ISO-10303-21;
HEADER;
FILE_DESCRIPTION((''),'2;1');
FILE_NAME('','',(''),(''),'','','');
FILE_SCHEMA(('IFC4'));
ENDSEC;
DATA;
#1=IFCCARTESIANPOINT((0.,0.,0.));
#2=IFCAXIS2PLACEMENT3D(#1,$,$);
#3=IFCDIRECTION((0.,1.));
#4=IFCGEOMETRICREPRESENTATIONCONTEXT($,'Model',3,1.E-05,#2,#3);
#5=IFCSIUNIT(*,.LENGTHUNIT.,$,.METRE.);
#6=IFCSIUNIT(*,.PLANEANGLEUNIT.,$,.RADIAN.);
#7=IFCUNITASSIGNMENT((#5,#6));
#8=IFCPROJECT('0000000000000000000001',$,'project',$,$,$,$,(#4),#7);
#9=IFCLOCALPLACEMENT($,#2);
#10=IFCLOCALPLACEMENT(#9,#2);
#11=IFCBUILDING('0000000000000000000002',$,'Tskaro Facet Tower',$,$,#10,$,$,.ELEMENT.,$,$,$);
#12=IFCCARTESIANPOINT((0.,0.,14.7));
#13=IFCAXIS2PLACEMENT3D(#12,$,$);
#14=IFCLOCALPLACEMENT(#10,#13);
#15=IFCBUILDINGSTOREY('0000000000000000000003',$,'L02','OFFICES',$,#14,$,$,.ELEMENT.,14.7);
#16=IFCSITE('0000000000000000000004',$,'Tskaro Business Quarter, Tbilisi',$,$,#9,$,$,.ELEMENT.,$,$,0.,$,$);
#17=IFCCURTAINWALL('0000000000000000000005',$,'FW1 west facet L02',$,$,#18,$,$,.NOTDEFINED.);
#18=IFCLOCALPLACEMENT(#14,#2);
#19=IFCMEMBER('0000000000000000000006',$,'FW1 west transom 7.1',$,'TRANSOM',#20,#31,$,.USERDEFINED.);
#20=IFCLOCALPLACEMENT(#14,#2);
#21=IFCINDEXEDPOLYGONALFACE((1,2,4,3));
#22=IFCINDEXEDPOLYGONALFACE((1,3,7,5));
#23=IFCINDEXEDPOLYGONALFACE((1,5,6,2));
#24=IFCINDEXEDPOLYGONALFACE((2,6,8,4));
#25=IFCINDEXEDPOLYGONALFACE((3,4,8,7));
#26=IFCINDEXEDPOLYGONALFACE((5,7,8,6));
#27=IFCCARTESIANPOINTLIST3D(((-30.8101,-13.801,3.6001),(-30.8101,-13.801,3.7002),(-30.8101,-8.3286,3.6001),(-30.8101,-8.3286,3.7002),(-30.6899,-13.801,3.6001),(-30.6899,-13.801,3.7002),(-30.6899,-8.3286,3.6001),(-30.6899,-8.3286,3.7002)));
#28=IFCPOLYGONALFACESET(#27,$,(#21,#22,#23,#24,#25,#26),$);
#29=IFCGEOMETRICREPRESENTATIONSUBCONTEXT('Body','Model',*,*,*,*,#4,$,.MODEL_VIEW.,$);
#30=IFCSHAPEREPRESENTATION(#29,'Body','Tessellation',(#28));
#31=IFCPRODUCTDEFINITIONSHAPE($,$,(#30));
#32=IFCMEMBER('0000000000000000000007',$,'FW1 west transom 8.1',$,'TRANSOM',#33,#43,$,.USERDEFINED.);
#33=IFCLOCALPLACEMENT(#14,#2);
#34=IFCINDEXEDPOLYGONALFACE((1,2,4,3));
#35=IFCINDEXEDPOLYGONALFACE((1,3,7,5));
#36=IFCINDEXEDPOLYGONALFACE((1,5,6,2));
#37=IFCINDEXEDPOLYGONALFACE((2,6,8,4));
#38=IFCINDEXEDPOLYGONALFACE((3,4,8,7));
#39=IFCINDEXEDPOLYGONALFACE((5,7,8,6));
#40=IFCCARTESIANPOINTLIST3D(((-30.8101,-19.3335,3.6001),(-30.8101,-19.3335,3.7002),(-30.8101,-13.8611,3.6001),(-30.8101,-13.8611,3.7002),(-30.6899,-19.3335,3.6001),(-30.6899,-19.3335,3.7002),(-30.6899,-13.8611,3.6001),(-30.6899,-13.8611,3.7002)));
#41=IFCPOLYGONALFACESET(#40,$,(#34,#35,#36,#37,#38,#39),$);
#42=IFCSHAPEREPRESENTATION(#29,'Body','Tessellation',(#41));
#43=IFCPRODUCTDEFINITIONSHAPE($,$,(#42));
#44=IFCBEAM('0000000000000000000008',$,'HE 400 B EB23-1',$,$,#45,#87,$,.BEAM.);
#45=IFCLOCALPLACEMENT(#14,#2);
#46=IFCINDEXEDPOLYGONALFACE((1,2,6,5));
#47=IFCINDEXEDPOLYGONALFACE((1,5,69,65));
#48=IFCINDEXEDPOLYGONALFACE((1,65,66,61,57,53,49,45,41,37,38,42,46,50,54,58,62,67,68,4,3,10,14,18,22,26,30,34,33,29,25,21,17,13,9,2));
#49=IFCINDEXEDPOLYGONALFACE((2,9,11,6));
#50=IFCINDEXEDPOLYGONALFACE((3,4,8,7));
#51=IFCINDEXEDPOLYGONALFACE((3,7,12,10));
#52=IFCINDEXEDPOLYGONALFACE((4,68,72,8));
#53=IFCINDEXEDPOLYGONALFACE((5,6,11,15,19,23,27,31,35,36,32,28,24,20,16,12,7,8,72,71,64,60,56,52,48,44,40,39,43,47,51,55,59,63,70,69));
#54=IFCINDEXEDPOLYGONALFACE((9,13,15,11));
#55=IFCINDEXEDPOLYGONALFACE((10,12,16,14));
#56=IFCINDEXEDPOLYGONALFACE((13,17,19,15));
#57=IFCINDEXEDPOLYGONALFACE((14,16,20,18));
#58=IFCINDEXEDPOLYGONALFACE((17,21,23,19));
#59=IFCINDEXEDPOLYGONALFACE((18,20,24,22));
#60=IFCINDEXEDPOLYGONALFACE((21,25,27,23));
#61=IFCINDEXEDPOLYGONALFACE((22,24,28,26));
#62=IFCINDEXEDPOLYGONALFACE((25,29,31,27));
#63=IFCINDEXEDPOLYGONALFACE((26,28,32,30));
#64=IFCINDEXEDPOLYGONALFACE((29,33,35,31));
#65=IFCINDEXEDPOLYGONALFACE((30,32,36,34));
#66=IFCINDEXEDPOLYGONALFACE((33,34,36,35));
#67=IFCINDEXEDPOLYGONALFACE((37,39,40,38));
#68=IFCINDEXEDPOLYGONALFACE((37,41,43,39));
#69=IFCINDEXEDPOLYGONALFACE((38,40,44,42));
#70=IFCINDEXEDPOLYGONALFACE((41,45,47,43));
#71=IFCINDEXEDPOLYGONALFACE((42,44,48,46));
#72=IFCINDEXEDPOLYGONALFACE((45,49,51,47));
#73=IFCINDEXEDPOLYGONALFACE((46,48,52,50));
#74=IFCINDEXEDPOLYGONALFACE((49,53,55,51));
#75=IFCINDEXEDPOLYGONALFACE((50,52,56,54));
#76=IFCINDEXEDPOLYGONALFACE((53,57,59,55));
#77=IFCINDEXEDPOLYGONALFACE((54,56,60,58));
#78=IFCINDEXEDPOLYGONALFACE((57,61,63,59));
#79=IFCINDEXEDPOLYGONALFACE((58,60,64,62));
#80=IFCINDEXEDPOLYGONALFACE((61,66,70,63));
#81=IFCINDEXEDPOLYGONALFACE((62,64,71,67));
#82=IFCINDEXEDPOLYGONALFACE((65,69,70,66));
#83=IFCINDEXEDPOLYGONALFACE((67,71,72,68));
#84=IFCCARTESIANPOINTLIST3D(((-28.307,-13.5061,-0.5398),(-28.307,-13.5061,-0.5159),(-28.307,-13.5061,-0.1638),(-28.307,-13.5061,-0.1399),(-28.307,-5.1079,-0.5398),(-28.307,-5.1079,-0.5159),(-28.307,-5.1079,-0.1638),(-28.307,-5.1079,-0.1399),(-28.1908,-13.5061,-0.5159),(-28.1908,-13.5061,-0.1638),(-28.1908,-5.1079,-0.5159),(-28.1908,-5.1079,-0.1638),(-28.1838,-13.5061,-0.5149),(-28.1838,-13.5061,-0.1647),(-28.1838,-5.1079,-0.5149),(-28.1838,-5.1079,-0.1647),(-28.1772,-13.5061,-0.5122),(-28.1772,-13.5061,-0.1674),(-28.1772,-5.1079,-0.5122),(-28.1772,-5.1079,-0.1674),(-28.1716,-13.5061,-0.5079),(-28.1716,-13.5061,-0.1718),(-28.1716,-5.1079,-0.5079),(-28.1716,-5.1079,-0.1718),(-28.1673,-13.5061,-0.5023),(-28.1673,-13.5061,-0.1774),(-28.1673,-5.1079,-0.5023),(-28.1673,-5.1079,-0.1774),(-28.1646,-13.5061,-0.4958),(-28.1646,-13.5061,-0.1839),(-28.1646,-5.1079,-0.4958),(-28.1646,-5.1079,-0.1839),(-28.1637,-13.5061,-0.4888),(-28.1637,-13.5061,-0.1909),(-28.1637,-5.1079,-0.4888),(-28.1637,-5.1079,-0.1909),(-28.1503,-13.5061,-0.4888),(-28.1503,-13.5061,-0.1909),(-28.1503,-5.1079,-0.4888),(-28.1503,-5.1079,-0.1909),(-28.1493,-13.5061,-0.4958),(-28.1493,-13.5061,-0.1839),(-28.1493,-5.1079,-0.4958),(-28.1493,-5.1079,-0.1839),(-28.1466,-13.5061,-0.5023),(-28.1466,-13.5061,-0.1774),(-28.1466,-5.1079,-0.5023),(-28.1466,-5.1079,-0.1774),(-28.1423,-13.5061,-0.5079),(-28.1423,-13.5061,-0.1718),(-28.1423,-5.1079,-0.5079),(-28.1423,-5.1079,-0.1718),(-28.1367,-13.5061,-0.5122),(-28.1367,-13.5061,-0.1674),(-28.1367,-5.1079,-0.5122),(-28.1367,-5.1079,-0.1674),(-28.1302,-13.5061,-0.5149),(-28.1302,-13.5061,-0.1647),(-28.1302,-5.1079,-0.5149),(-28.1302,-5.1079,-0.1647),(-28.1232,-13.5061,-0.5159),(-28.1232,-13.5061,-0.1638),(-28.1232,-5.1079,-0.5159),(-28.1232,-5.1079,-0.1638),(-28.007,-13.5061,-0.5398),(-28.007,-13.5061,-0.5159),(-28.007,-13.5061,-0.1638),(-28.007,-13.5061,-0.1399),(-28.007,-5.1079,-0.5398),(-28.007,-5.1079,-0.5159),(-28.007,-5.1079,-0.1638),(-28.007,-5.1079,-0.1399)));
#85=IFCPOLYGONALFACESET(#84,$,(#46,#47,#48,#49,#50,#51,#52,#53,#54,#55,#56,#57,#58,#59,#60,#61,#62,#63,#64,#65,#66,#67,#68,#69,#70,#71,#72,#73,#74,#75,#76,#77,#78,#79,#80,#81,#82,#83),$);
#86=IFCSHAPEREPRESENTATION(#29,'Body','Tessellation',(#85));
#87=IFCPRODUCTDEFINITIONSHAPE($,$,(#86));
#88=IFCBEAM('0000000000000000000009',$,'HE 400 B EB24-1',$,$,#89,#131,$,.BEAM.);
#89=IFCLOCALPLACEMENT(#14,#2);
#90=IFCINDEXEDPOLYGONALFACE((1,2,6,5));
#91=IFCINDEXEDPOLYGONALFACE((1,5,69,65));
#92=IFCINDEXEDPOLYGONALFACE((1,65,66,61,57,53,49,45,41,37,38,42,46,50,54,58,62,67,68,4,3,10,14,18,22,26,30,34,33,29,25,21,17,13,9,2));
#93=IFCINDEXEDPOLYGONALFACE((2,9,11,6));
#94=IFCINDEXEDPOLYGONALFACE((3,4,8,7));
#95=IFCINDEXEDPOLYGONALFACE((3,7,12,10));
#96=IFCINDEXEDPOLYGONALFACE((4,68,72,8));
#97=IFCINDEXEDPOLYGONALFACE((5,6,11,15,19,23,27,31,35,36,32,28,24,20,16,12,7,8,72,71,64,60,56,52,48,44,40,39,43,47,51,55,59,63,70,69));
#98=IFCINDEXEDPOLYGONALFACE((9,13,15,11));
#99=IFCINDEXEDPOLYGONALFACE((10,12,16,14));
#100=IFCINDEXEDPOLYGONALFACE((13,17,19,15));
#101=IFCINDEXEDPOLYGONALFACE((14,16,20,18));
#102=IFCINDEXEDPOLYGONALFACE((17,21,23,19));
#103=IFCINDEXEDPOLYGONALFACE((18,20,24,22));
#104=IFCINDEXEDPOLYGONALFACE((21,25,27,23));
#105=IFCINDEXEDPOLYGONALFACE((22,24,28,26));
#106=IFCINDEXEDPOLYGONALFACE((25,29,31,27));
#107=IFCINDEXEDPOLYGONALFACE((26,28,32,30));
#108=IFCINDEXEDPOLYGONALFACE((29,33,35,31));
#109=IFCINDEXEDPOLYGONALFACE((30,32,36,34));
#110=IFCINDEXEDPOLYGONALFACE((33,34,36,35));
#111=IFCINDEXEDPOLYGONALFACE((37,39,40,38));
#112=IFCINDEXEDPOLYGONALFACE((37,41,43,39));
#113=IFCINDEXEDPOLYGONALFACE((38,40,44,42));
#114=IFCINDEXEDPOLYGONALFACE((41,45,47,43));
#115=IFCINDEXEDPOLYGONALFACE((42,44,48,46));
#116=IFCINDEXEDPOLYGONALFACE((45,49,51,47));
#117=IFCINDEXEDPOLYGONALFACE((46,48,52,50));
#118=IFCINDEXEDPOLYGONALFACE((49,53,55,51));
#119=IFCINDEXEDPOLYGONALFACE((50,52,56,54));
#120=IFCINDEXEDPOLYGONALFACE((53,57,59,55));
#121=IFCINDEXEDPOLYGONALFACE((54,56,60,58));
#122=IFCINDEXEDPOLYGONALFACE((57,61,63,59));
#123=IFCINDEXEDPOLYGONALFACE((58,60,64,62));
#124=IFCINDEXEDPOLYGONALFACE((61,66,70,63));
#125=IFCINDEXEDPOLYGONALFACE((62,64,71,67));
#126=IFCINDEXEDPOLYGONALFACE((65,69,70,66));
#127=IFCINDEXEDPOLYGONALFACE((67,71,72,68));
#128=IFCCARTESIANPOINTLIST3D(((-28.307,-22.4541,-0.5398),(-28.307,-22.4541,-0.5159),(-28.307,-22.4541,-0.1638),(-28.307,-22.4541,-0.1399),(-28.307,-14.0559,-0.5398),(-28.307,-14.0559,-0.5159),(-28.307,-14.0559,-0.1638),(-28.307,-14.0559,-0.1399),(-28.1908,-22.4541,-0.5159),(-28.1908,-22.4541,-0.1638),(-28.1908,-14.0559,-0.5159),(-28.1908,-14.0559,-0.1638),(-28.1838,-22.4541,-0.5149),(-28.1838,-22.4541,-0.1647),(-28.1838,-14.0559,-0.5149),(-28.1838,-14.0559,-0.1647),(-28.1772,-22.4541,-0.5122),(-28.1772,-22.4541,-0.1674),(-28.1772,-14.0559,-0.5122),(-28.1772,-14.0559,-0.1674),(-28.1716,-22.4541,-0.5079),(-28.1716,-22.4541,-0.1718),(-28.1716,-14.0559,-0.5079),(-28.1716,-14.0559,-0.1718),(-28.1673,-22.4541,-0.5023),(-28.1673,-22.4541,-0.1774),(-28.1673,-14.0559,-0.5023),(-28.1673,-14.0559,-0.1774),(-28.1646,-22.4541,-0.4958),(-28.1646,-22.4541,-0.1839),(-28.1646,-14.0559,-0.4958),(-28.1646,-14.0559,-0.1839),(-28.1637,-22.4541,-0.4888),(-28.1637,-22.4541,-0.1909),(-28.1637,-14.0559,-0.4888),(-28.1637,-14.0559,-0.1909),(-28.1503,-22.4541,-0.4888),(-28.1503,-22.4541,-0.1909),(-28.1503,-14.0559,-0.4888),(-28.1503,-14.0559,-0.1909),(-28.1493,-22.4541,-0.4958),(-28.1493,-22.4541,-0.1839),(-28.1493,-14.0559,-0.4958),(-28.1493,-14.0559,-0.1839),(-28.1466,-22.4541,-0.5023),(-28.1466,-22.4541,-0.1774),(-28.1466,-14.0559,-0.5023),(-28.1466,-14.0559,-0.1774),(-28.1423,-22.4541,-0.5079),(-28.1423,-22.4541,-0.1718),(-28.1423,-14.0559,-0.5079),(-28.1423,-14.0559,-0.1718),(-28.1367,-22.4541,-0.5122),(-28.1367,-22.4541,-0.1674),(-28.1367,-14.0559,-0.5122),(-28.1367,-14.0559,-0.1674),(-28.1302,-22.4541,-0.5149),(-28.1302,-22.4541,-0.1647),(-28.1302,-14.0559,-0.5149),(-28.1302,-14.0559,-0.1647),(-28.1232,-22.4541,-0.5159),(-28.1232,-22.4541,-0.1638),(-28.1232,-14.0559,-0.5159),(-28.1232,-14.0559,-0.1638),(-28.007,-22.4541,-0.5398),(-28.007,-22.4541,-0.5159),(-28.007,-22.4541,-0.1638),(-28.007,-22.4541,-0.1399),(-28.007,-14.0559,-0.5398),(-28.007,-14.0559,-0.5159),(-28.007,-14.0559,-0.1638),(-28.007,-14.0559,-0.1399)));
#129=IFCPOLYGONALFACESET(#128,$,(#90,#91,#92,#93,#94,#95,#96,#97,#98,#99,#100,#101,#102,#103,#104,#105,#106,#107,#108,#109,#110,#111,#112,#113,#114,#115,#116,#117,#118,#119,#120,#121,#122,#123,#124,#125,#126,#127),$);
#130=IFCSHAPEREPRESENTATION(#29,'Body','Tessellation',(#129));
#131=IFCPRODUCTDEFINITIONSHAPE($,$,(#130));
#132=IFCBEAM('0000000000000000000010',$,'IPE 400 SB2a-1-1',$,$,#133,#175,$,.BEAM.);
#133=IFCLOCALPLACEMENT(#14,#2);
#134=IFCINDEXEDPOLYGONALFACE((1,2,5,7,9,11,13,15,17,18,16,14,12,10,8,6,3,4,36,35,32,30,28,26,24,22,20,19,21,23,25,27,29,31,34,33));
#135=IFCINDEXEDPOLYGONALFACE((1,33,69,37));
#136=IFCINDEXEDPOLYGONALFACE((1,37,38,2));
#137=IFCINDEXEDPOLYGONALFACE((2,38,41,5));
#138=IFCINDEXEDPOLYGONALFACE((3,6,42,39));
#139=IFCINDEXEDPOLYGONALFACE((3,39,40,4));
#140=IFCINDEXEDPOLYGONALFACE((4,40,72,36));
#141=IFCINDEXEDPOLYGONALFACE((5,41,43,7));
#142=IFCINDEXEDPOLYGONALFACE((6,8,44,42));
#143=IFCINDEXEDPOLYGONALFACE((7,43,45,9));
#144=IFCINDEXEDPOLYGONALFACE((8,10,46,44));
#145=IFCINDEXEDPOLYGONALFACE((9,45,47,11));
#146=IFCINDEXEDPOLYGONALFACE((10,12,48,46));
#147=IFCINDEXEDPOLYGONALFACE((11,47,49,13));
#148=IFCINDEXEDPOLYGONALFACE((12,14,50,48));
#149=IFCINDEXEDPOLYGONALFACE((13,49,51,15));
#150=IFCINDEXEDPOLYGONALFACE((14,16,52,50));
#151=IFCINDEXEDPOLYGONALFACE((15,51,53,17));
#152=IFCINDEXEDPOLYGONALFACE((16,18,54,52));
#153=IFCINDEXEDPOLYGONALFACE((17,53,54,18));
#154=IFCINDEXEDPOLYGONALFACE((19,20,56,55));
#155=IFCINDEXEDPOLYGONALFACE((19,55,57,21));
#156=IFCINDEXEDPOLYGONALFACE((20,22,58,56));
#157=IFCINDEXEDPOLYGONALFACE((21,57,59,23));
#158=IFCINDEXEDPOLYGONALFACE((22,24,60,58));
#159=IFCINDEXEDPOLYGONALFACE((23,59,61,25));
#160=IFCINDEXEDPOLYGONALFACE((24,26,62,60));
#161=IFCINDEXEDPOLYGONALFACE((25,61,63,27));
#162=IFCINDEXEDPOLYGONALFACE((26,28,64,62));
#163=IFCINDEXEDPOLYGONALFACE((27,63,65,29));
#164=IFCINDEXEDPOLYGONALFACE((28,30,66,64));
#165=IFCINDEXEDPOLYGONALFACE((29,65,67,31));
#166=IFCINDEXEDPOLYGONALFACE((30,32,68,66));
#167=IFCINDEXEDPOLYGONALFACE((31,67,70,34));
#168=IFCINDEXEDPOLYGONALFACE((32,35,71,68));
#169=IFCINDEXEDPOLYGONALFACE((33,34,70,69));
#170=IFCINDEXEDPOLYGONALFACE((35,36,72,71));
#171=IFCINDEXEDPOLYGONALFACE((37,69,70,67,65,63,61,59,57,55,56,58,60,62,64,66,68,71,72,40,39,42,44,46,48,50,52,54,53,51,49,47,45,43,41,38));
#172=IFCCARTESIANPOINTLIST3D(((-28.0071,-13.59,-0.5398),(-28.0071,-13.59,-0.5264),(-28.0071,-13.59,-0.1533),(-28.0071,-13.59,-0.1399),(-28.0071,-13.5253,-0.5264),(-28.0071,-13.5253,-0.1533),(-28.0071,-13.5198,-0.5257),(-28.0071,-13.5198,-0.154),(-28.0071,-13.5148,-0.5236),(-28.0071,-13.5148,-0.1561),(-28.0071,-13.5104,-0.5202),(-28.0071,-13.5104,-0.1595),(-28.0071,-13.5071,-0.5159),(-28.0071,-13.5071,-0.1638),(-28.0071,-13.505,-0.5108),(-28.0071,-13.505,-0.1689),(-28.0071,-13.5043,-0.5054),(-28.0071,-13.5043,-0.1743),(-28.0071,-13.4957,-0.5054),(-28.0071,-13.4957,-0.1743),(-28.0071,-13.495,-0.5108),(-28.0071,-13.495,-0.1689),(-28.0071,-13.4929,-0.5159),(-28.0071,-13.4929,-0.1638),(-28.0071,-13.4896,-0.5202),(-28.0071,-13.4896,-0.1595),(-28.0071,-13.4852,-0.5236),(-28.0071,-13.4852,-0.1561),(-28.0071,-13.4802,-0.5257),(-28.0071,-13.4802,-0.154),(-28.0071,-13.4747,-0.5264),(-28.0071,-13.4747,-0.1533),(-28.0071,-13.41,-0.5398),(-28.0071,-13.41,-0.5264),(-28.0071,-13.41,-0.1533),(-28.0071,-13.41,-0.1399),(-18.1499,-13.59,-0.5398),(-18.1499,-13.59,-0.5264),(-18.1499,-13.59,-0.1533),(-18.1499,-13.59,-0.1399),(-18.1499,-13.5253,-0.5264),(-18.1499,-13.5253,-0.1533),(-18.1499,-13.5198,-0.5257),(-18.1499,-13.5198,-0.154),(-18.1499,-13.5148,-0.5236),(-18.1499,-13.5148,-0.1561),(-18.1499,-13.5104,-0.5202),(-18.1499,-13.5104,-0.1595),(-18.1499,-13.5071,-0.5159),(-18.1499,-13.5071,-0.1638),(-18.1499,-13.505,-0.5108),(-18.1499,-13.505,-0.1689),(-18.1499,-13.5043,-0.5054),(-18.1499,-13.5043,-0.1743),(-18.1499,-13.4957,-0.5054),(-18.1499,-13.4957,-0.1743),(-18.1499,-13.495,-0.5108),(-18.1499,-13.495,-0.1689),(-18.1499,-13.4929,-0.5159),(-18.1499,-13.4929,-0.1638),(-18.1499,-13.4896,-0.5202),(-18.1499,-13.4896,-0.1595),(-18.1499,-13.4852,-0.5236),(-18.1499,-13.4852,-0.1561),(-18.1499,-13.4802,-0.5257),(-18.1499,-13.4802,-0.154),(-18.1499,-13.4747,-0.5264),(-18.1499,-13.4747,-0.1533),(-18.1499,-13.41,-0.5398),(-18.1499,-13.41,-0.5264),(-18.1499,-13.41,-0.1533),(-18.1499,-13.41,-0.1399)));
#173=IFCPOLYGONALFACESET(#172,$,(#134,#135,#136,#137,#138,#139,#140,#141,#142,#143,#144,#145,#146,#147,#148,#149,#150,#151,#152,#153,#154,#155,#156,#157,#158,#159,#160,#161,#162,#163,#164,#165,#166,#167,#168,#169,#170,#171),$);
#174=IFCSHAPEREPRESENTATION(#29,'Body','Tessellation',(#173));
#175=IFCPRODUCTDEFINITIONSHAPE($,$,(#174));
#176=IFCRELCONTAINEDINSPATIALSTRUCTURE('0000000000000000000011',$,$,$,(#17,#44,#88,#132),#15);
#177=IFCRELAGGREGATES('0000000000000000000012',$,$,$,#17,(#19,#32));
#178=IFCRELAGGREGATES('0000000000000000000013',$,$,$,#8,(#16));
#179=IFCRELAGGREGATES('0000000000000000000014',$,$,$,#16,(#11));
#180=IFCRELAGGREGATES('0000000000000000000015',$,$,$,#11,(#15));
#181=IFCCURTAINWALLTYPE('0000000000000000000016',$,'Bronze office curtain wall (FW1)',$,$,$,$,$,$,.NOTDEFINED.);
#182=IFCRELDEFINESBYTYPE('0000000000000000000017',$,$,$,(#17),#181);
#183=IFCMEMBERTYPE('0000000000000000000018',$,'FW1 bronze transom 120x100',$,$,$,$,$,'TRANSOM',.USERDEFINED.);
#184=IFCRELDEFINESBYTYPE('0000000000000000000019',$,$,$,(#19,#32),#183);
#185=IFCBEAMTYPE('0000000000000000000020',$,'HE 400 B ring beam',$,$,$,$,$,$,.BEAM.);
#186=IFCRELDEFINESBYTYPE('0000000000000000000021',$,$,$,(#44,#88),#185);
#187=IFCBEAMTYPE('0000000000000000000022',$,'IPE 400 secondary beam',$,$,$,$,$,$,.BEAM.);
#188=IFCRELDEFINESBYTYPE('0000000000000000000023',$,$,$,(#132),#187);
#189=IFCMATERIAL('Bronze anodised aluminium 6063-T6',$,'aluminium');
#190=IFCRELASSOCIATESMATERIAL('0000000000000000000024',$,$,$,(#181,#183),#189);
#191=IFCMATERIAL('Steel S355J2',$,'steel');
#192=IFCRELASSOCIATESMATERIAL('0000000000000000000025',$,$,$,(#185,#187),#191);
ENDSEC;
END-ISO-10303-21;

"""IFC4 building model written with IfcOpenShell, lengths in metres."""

from ifc_helpers import new_model, si_unit, direction, frame, origin, origin_2d, place, context, subcontext, project, spatial, rectangle, i_section, extrude, material, material_profile, profile_set, type_object, element, aggregate, save


model = new_model("IFC4")

# Units and contexts
model_context = context("Model", 3, precision=1e-05, world=origin(), true_north=direction((0.0, 1.0)))
body_context = subcontext(model_context, "Body", "Model", "MODEL_VIEW")
ifc_project = project(units=[si_unit("LENGTHUNIT", "METRE"), si_unit("PLANEANGLEUNIT", "RADIAN")], contexts=[model_context])

# Site, building, storey
site_placement = place(None, origin())
site = spatial("IfcSite", under=ifc_project, at=site_placement, Name="Tskaro Business Quarter, Tbilisi", CompositionType="ELEMENT", RefElevation=0.0)
building_placement = place(site_placement, origin())
building = spatial("IfcBuilding", under=site, at=building_placement, Name="Tskaro Facet Tower", CompositionType="ELEMENT")
storey_placement = place(building_placement, frame((0.0, 0.0, 14.7)))
storey = spatial("IfcBuildingStorey", under=building, at=storey_placement, Name="L02", Description="OFFICES", CompositionType="ELEMENT", Elevation=14.7)

# Curtain wall, members
ifc_material_1 = material(Name="Bronze anodised aluminium 6063-T6", Category="aluminium")
curtain_wall_type = type_object("IfcCurtainWallType", Name="Bronze office curtain wall (FW1)", PredefinedType="NOTDEFINED", material=ifc_material_1)
curtain_wall_placement = place(storey_placement, origin())
curtain_wall = element("IfcCurtainWall", 1, at=curtain_wall_placement, inside=storey, type_object=curtain_wall_type, Name="FW1 west facet L02", PredefinedType="NOTDEFINED")
ifc_material_profile_1 = material_profile(ifc_material_1, rectangle(XDim=0.1201, YDim=0.1001, at=origin_2d()), Name="Transom 120x100")
ifc_profile_set_1 = profile_set([ifc_material_profile_1], Name="Bronze anodised aluminium 6063-T6")
member_type_1 = type_object("IfcMemberType", Name="FW1 bronze transom 120x100", ElementType="TRANSOM", PredefinedType="USERDEFINED", material=ifc_profile_set_1)
member_1_placement = place(storey_placement, frame((-30.75, -8.3286, 3.6501), z_axis=(0.0, -1.0, 0.0), x_axis=(1.0, 0.0, 0.0)))
member_1 = element("IfcMember", 2, at=member_1_placement, type_object=member_type_1, Name="FW1 west transom 7.1", ObjectType="TRANSOM", PredefinedType="USERDEFINED", context=body_context, shape_type="SweptSolid", body=[
    extrude(rectangle(XDim=0.1201, YDim=0.1001, at=origin_2d()), origin(), (0.0, 0.0, 1.0), 5.4724),
])
member_2_placement = place(storey_placement, frame((-30.75, -13.8611, 3.6501), z_axis=(0.0, -1.0, 0.0), x_axis=(1.0, 0.0, 0.0)))
member_2 = element("IfcMember", 3, at=member_2_placement, type_object=member_type_1, Name="FW1 west transom 8.1", ObjectType="TRANSOM", PredefinedType="USERDEFINED", context=body_context, shape_type="SweptSolid", body=[
    extrude(rectangle(XDim=0.1201, YDim=0.1001, at=origin_2d()), origin(), (0.0, 0.0, 1.0), 5.4724),
])

# Beams
ifc_material_2 = material(Name="Steel S355J2", Category="steel")
ifc_material_profile_2 = material_profile(ifc_material_2, i_section(OverallWidth=0.3, OverallDepth=0.3999, WebThickness=0.0134, FlangeThickness=0.0239, FilletRadius=0.0271, at=origin_2d()), Name="HE 400 B")
ifc_profile_set_2 = profile_set([ifc_material_profile_2], Name="Steel S355J2")
beam_type_1 = type_object("IfcBeamType", Name="HE 400 B ring beam", PredefinedType="BEAM", material=ifc_profile_set_2)
for number, where, z_axis, x_axis, name in (
    (4, (-28.157, -5.1079, -0.3398), (0.0, -1.0, 0.0), (1.0, 0.0, 0.0), "HE 400 B EB23-1"),
    (5, (-28.157, -14.0559, -0.3398), (0.0, -1.0, 0.0), (1.0, 0.0, 0.0), "HE 400 B EB24-1"),
):
    element("IfcBeam", number, at=place(storey_placement, frame(where, z_axis=z_axis, x_axis=x_axis)), inside=storey, type_object=beam_type_1, Name=name, PredefinedType="BEAM", context=body_context, shape_type="SweptSolid", body=[
        extrude(i_section(OverallWidth=0.3, OverallDepth=0.3999, WebThickness=0.0134, FlangeThickness=0.0239, FilletRadius=0.0271, at=origin_2d()), origin(), (0.0, 0.0, 1.0), 8.3982),
    ])
ifc_material_profile_3 = material_profile(ifc_material_2, i_section(OverallWidth=0.1799, OverallDepth=0.3999, WebThickness=0.0085, FlangeThickness=0.0134, FilletRadius=0.021, at=origin_2d()), Name="IPE 400")
ifc_profile_set_3 = profile_set([ifc_material_profile_3], Name="Steel S355J2")
beam_type_2 = type_object("IfcBeamType", Name="IPE 400 secondary beam", PredefinedType="BEAM", material=ifc_profile_set_3)
for number, where, z_axis, x_axis, name in (
    (6, (-28.0071, -13.5, -0.3398), (1.0, 0.0, 0.0), (0.0, 1.0, 0.0), "IPE 400 SB2a-1-1"),
):
    element("IfcBeam", number, at=place(storey_placement, frame(where, z_axis=z_axis, x_axis=x_axis)), inside=storey, type_object=beam_type_2, Name=name, PredefinedType="BEAM", context=body_context, shape_type="SweptSolid", body=[
        extrude(i_section(OverallWidth=0.1799, OverallDepth=0.3999, WebThickness=0.0085, FlangeThickness=0.0134, FilletRadius=0.021, at=origin_2d()), origin(), (0.0, 0.0, 1.0), 9.8572),
    ])

aggregate(curtain_wall, [member_1, member_2])

save(model, "model.ifc")
